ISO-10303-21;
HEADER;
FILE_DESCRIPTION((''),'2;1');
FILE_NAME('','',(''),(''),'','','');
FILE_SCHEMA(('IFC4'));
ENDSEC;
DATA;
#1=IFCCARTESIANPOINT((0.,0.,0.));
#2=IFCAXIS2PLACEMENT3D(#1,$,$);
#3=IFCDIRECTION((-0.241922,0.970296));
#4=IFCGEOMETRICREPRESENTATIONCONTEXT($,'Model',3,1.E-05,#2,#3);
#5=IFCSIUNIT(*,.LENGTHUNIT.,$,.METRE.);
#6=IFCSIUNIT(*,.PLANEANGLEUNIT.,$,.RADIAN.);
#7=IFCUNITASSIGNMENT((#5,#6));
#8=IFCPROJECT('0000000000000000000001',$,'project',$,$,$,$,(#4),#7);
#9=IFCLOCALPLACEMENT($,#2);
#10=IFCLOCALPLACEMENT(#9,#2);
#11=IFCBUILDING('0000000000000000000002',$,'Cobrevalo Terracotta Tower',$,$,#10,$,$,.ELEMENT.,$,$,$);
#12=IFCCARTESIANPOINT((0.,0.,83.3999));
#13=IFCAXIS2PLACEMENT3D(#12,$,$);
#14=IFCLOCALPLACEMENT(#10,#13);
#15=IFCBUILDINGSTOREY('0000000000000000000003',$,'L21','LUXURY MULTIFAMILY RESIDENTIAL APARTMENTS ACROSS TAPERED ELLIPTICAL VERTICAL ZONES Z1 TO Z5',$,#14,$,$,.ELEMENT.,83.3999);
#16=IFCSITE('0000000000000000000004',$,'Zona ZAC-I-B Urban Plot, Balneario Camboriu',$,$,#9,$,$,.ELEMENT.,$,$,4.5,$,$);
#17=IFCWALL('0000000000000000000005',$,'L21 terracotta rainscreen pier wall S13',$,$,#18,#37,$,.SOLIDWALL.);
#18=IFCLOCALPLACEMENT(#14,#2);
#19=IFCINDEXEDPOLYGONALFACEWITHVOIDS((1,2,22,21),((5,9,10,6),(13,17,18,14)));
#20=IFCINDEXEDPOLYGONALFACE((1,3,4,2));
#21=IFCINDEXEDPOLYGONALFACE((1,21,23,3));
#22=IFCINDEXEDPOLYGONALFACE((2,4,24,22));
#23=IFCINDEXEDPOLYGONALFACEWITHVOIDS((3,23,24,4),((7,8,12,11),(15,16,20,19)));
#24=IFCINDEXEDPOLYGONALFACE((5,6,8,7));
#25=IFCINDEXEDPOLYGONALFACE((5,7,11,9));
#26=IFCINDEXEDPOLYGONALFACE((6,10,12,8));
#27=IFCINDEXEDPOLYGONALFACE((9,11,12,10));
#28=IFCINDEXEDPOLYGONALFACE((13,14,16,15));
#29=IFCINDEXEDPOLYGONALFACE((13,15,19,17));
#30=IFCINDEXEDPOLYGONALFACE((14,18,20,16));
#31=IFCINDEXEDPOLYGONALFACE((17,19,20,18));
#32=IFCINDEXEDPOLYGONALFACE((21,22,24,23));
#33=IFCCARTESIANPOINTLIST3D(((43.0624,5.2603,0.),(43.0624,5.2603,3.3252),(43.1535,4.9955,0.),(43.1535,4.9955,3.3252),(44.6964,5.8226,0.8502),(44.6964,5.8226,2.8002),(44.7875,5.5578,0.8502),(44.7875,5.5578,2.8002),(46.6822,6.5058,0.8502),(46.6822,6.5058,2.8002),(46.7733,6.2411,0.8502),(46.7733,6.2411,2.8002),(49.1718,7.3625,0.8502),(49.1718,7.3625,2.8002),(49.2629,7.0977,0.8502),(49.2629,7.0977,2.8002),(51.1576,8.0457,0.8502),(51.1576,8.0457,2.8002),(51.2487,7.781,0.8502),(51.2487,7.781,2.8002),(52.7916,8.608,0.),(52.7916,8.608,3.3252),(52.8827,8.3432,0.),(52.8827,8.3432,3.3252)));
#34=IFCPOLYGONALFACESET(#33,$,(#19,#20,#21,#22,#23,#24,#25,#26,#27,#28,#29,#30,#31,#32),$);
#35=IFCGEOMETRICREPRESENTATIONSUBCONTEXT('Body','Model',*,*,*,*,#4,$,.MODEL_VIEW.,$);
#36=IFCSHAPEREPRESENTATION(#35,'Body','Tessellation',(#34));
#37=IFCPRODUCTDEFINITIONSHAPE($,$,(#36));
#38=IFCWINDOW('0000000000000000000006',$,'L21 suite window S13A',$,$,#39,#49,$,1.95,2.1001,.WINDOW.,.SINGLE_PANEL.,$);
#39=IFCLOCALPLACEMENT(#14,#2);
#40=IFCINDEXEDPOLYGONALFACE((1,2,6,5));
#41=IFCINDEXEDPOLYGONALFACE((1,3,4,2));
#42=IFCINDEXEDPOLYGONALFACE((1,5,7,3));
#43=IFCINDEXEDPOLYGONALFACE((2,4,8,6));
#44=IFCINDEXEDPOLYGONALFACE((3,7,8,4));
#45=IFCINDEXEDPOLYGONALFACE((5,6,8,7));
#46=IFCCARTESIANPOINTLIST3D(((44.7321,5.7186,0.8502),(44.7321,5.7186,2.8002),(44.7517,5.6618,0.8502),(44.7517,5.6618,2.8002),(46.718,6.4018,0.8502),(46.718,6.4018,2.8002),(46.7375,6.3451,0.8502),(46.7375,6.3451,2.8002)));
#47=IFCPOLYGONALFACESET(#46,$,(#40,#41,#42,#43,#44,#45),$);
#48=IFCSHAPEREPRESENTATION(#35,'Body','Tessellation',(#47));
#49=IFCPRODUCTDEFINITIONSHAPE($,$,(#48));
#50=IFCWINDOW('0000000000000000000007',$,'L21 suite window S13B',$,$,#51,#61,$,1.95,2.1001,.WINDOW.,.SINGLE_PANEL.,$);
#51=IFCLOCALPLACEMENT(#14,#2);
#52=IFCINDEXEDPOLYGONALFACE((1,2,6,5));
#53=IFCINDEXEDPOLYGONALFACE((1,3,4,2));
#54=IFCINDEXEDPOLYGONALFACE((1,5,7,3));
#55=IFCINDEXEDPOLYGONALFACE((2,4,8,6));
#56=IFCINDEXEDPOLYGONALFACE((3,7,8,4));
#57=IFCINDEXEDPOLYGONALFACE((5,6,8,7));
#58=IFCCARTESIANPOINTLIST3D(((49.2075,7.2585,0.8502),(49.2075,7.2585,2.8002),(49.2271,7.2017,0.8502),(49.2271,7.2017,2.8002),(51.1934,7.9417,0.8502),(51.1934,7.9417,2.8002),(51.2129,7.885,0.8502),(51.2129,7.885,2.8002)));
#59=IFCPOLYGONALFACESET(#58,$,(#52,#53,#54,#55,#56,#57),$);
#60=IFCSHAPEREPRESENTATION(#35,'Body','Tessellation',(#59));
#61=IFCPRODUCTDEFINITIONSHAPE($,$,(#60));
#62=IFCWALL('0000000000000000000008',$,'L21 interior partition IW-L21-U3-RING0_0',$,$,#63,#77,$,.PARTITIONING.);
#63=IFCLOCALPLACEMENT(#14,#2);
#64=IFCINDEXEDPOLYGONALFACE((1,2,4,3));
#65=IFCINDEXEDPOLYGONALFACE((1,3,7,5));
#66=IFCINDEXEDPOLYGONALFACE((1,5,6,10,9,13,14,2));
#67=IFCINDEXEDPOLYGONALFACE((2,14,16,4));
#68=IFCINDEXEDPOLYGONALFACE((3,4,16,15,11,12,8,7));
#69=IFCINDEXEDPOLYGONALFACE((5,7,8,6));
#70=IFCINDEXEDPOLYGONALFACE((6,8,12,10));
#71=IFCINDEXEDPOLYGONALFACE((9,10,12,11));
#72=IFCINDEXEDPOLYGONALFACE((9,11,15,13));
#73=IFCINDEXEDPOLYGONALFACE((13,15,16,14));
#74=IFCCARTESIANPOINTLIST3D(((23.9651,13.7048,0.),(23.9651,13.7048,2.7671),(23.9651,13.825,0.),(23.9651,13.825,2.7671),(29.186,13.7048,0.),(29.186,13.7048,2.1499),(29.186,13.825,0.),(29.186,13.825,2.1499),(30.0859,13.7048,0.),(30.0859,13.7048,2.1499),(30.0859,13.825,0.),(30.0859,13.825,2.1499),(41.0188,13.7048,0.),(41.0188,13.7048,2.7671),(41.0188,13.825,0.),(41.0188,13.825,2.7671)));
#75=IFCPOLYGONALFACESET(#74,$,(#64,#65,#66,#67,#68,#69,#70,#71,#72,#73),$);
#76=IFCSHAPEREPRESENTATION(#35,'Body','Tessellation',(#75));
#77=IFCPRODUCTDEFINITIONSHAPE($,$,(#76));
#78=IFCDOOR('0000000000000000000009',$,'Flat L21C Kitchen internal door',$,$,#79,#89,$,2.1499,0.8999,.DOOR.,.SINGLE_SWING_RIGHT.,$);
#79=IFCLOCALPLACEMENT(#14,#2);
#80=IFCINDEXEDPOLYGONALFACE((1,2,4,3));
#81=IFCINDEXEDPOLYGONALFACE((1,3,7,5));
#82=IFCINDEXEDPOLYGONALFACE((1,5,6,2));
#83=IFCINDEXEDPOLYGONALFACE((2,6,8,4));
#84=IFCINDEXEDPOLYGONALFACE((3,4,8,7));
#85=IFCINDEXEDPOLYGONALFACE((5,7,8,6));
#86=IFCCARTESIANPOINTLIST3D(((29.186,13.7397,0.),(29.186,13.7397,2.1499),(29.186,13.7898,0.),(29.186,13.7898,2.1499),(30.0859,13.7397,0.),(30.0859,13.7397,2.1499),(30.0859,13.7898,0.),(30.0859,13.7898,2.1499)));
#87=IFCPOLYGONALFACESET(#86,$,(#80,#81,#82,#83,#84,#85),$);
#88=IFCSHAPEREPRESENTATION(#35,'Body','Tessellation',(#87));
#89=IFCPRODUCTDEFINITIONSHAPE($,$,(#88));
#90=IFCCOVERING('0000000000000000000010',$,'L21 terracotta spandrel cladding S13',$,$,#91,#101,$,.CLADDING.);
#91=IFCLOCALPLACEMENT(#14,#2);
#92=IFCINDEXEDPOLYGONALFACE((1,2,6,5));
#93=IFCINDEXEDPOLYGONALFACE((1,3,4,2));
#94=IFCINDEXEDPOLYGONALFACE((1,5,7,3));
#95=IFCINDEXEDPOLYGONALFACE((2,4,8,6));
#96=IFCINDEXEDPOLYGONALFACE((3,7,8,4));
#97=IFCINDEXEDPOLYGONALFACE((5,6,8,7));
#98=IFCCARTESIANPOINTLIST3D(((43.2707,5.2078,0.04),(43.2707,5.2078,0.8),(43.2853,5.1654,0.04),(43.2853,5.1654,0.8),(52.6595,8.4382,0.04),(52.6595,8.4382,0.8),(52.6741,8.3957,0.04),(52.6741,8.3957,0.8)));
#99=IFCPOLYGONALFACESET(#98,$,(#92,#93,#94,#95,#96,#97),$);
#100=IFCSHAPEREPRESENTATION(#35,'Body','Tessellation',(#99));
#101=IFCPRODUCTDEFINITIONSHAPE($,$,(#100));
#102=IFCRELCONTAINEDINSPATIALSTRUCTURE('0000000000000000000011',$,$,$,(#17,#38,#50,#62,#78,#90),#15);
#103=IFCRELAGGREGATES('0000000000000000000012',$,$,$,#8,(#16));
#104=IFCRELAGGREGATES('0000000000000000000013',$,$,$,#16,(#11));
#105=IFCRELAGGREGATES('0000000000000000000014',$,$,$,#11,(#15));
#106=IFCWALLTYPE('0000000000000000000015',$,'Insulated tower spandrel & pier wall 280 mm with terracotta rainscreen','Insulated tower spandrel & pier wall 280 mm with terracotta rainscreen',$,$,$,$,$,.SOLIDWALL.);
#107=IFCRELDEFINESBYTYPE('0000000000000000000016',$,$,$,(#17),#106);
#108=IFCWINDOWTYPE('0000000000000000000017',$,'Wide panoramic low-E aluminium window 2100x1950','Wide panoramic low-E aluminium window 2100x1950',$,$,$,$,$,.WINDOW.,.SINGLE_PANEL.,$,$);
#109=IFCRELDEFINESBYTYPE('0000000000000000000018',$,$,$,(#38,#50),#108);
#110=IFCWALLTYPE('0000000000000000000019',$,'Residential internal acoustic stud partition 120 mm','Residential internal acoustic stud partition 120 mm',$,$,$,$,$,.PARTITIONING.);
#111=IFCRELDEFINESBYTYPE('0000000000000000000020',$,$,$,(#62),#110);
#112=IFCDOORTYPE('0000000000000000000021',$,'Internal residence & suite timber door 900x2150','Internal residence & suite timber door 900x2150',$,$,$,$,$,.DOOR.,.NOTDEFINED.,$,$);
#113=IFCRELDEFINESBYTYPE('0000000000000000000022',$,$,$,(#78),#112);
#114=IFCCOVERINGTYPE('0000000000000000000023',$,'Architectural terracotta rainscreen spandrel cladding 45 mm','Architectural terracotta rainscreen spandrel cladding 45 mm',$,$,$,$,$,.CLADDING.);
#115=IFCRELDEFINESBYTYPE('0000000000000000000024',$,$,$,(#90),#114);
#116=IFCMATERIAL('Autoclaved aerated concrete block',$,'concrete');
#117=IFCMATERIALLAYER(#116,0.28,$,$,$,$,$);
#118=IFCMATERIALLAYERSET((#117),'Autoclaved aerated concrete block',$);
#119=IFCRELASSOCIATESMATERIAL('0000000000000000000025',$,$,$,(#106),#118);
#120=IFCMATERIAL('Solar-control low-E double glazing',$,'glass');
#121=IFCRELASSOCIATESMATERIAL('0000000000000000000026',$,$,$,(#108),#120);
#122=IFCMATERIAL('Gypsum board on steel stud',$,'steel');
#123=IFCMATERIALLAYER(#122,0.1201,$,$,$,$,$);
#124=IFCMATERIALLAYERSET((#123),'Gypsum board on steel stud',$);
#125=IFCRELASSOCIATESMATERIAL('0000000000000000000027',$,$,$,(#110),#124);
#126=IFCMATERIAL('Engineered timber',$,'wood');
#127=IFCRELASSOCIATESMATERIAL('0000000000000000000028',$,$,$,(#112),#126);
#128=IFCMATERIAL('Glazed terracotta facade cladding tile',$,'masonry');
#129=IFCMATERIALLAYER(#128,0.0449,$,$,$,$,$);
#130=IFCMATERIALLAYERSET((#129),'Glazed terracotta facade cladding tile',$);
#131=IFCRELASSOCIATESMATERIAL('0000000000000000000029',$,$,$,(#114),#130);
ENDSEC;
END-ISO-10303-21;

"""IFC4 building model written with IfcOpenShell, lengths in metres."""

from ifc_helpers import new_model, si_unit, direction, frame, frame_2d, origin, origin_2d, place, context, subcontext, project, spatial, rectangle, extrude, source, transform, mapped, material, layer, layer_set, type_object, element, fill, save


model = new_model("IFC4")

# Units and contexts
model_context = context("Model", 3, precision=1e-05, world=origin(), true_north=direction((-0.241922, 0.970296)))
body_context = subcontext(model_context, "Body", "Model", "MODEL_VIEW")
ifc_project = project(units=[si_unit("LENGTHUNIT", "METRE"), si_unit("PLANEANGLEUNIT", "RADIAN")], contexts=[model_context])

# Site, building, storey
site_placement = place(None, origin())
site = spatial("IfcSite", under=ifc_project, at=site_placement, Name="Zona ZAC-I-B Urban Plot, Balneario Camboriu", CompositionType="ELEMENT", RefElevation=4.5)
building_placement = place(site_placement, origin())
building = spatial("IfcBuilding", under=site, at=building_placement, Name="Cobrevalo Terracotta Tower", CompositionType="ELEMENT")
storey_placement = place(building_placement, frame((0.0, 0.0, 83.3999)))
storey = spatial("IfcBuildingStorey", under=building, at=storey_placement, Name="L21", Description="LUXURY MULTIFAMILY RESIDENTIAL APARTMENTS ACROSS TAPERED ELLIPTICAL VERTICAL ZONES Z1 TO Z5", CompositionType="ELEMENT", Elevation=83.3999)

# Shared definitions
ifc_material_1 = material(Name="Solar-control low-E double glazing", Category="glass")

# Shared definitions
ifc_material_2 = material(Name="Gypsum board on steel stud", Category="steel")

# Shared definitions
ifc_material_3 = material(Name="Autoclaved aerated concrete block", Category="concrete")

# Wall, openings, windows
ifc_layer_1 = layer(ifc_material_3, 0.28)
ifc_layer_set_1 = layer_set([ifc_layer_1], Name="Autoclaved aerated concrete block")
wall_type_1 = type_object("IfcWallType", Name="Insulated tower spandrel & pier wall 280 mm with terracotta rainscreen", Description="Insulated tower spandrel & pier wall 280 mm with terracotta rainscreen", PredefinedType="SOLIDWALL", material=ifc_layer_set_1)
wall_1_placement = place(storey_placement, frame((43.1079, 5.1279, 0.0), z_axis=(0.0, 0.0, 1.0), x_axis=(0.94559, 0.32536, 0.0)))
wall_1 = element("IfcWall", 1, at=wall_1_placement, inside=storey, type_object=wall_type_1, Name="L21 terracotta rainscreen pier wall S13", PredefinedType="SOLIDWALL", context=body_context, shape_type="SweptSolid", body=[
    extrude(rectangle(XDim=10.2891, YDim=0.28, at=frame_2d((5.1445, 0.0))), origin(), (0.0, 0.0, 1.0), 3.3252),
])
opening_1_placement = place(wall_1_placement, frame((1.728, 0.0, 0.8501)))
opening_1 = element("IfcOpeningElement", 2, at=opening_1_placement, cuts=wall_1, PredefinedType="OPENING", context=body_context, shape_type="SweptSolid", body=[
    extrude(rectangle(XDim=2.1001, YDim=1.95, at=frame_2d((1.05, 0.9751))), frame((0.0, 0.1499, 0.0), z_axis=(0.0, -1.0, 0.0), x_axis=(1.0, 0.0, 0.0)), (0.0, 0.0, 1.0), 0.3),
])
opening_2_placement = place(wall_1_placement, frame((6.4609, 0.0, 0.8501)))
opening_2 = element("IfcOpeningElement", 3, at=opening_2_placement, cuts=wall_1, PredefinedType="OPENING", context=body_context, shape_type="SweptSolid", body=[
    extrude(rectangle(XDim=2.1001, YDim=1.95, at=frame_2d((1.05, 0.9751))), frame((0.0, 0.1499, 0.0), z_axis=(0.0, -1.0, 0.0), x_axis=(1.0, 0.0, 0.0)), (0.0, 0.0, 1.0), 0.3),
])
window_type = type_object("IfcWindowType", Name="Wide panoramic low-E aluminium window 2100x1950", Description="Wide panoramic low-E aluminium window 2100x1950", PartitioningType="SINGLE_PANEL", PredefinedType="WINDOW", material=ifc_material_1)
shared_shape_1 = source(origin(), body_context, "Body", "SweptSolid", [
    extrude(rectangle(XDim=2.1001, YDim=1.95, at=frame_2d((1.05, 0.9751))), frame((0.0, 0.03, 0.0), z_axis=(0.0, -1.0, 0.0), x_axis=(1.0, 0.0, 0.0)), (0.0, 0.0, 1.0), 0.0601),
])
window_1_placement = place(opening_1_placement, origin())
window_1 = element("IfcWindow", 4, at=window_1_placement, inside=storey, type_object=window_type, Name="L21 suite window S13A", OverallHeight=1.95, OverallWidth=2.1001, PartitioningType="SINGLE_PANEL", PredefinedType="WINDOW", context=body_context, shape_type="MappedRepresentation", body=[
    mapped(shared_shape_1, transform((0.0, 0.0, 0.0), scale=1.0)),
])
fill(opening_1, window_1)
window_2_placement = place(opening_2_placement, origin())
window_2 = element("IfcWindow", 5, at=window_2_placement, inside=storey, type_object=window_type, Name="L21 suite window S13B", OverallHeight=1.95, OverallWidth=2.1001, PartitioningType="SINGLE_PANEL", PredefinedType="WINDOW", context=body_context, shape_type="MappedRepresentation", body=[
    mapped(shared_shape_1, transform((0.0, 0.0, 0.0), scale=1.0)),
])
fill(opening_2, window_2)

# Wall, opening, door
ifc_layer_2 = layer(ifc_material_2, 0.1201)
ifc_layer_set_2 = layer_set([ifc_layer_2], Name="Gypsum board on steel stud")
wall_type_2 = type_object("IfcWallType", Name="Residential internal acoustic stud partition 120 mm", Description="Residential internal acoustic stud partition 120 mm", PredefinedType="PARTITIONING", material=ifc_layer_set_2)
wall_2_placement = place(storey_placement, frame((41.0188, 13.7649, 0.0), z_axis=(0.0, 0.0, 1.0), x_axis=(-1.0, 0.0, 0.0)))
wall_2 = element("IfcWall", 6, at=wall_2_placement, inside=storey, type_object=wall_type_2, Name="L21 interior partition IW-L21-U3-RING0_0", PredefinedType="PARTITIONING", context=body_context, shape_type="SweptSolid", body=[
    extrude(rectangle(XDim=17.0537, YDim=0.1201, at=frame_2d((8.5269, 0.0))), origin(), (0.0, 0.0, 1.0), 2.7671),
])
opening_3_placement = place(wall_2_placement, frame((10.9329, 0.0, 0.0)))
opening_3 = element("IfcOpeningElement", 7, at=opening_3_placement, cuts=wall_2, PredefinedType="OPENING", context=body_context, shape_type="SweptSolid", body=[
    extrude(rectangle(XDim=0.8999, YDim=2.1499, at=frame_2d((0.45, 1.075))), frame((0.0, 0.0701, 0.0), z_axis=(0.0, -1.0, 0.0), x_axis=(1.0, 0.0, 0.0)), (0.0, 0.0, 1.0), 0.1401),
])
ifc_material_4 = material(Name="Engineered timber", Category="wood")
door_type_1 = type_object("IfcDoorType", Name="Internal residence & suite timber door 900x2150", Description="Internal residence & suite timber door 900x2150", OperationType="NOTDEFINED", PredefinedType="DOOR", material=ifc_material_4)
shared_shape_2 = source(origin(), body_context, "Body", "SweptSolid", [
    extrude(rectangle(XDim=0.8999, YDim=2.1499, at=frame_2d((0.45, 1.075))), frame((0.0, 0.0249, 0.0), z_axis=(0.0, -1.0, 0.0), x_axis=(1.0, 0.0, 0.0)), (0.0, 0.0, 1.0), 0.05),
])
door_1_placement = place(opening_3_placement, frame((0.8999, 0.0, 0.0), z_axis=(0.0, 0.0, 1.0), x_axis=(-1.0, 0.0, 0.0)))
door_1 = element("IfcDoor", 8, at=door_1_placement, inside=storey, type_object=door_type_1, Name="Flat L21C Kitchen internal door", OperationType="SINGLE_SWING_RIGHT", OverallHeight=2.1499, OverallWidth=0.8999, PredefinedType="DOOR", context=body_context, shape_type="MappedRepresentation", body=[
    mapped(shared_shape_2, transform((0.0, 0.0, 0.0), scale=1.0)),
])
fill(opening_3, door_1)

# Covering
ifc_material_5 = material(Name="Glazed terracotta facade cladding tile", Category="masonry")
ifc_layer_3 = layer(ifc_material_5, 0.0449)
ifc_layer_set_3 = layer_set([ifc_layer_3], Name="Glazed terracotta facade cladding tile")
covering_type = type_object("IfcCoveringType", Name="Architectural terracotta rainscreen spandrel cladding 45 mm", Description="Architectural terracotta rainscreen spandrel cladding 45 mm", PredefinedType="CLADDING", material=ifc_layer_set_3)
shared_shape_3 = source(origin(), body_context, "Body", "SweptSolid", [
    extrude(rectangle(XDim=9.929, YDim=0.0449, at=origin_2d()), origin(), (0.0, 0.0, 1.0), 0.76),
])
covering_placement = place(storey_placement, frame((47.9724, 6.8018, 0.04), z_axis=(0.0, 0.0, 1.0), x_axis=(0.945596, 0.325342, 0.0)))
element("IfcCovering", 9, at=covering_placement, inside=storey, type_object=covering_type, Name="L21 terracotta spandrel cladding S13", PredefinedType="CLADDING", context=body_context, shape_type="MappedRepresentation", body=[
    mapped(shared_shape_3, transform((0.0, 0.0, 0.0), scale=1.0)),
])

save(model, "model.ifc")
